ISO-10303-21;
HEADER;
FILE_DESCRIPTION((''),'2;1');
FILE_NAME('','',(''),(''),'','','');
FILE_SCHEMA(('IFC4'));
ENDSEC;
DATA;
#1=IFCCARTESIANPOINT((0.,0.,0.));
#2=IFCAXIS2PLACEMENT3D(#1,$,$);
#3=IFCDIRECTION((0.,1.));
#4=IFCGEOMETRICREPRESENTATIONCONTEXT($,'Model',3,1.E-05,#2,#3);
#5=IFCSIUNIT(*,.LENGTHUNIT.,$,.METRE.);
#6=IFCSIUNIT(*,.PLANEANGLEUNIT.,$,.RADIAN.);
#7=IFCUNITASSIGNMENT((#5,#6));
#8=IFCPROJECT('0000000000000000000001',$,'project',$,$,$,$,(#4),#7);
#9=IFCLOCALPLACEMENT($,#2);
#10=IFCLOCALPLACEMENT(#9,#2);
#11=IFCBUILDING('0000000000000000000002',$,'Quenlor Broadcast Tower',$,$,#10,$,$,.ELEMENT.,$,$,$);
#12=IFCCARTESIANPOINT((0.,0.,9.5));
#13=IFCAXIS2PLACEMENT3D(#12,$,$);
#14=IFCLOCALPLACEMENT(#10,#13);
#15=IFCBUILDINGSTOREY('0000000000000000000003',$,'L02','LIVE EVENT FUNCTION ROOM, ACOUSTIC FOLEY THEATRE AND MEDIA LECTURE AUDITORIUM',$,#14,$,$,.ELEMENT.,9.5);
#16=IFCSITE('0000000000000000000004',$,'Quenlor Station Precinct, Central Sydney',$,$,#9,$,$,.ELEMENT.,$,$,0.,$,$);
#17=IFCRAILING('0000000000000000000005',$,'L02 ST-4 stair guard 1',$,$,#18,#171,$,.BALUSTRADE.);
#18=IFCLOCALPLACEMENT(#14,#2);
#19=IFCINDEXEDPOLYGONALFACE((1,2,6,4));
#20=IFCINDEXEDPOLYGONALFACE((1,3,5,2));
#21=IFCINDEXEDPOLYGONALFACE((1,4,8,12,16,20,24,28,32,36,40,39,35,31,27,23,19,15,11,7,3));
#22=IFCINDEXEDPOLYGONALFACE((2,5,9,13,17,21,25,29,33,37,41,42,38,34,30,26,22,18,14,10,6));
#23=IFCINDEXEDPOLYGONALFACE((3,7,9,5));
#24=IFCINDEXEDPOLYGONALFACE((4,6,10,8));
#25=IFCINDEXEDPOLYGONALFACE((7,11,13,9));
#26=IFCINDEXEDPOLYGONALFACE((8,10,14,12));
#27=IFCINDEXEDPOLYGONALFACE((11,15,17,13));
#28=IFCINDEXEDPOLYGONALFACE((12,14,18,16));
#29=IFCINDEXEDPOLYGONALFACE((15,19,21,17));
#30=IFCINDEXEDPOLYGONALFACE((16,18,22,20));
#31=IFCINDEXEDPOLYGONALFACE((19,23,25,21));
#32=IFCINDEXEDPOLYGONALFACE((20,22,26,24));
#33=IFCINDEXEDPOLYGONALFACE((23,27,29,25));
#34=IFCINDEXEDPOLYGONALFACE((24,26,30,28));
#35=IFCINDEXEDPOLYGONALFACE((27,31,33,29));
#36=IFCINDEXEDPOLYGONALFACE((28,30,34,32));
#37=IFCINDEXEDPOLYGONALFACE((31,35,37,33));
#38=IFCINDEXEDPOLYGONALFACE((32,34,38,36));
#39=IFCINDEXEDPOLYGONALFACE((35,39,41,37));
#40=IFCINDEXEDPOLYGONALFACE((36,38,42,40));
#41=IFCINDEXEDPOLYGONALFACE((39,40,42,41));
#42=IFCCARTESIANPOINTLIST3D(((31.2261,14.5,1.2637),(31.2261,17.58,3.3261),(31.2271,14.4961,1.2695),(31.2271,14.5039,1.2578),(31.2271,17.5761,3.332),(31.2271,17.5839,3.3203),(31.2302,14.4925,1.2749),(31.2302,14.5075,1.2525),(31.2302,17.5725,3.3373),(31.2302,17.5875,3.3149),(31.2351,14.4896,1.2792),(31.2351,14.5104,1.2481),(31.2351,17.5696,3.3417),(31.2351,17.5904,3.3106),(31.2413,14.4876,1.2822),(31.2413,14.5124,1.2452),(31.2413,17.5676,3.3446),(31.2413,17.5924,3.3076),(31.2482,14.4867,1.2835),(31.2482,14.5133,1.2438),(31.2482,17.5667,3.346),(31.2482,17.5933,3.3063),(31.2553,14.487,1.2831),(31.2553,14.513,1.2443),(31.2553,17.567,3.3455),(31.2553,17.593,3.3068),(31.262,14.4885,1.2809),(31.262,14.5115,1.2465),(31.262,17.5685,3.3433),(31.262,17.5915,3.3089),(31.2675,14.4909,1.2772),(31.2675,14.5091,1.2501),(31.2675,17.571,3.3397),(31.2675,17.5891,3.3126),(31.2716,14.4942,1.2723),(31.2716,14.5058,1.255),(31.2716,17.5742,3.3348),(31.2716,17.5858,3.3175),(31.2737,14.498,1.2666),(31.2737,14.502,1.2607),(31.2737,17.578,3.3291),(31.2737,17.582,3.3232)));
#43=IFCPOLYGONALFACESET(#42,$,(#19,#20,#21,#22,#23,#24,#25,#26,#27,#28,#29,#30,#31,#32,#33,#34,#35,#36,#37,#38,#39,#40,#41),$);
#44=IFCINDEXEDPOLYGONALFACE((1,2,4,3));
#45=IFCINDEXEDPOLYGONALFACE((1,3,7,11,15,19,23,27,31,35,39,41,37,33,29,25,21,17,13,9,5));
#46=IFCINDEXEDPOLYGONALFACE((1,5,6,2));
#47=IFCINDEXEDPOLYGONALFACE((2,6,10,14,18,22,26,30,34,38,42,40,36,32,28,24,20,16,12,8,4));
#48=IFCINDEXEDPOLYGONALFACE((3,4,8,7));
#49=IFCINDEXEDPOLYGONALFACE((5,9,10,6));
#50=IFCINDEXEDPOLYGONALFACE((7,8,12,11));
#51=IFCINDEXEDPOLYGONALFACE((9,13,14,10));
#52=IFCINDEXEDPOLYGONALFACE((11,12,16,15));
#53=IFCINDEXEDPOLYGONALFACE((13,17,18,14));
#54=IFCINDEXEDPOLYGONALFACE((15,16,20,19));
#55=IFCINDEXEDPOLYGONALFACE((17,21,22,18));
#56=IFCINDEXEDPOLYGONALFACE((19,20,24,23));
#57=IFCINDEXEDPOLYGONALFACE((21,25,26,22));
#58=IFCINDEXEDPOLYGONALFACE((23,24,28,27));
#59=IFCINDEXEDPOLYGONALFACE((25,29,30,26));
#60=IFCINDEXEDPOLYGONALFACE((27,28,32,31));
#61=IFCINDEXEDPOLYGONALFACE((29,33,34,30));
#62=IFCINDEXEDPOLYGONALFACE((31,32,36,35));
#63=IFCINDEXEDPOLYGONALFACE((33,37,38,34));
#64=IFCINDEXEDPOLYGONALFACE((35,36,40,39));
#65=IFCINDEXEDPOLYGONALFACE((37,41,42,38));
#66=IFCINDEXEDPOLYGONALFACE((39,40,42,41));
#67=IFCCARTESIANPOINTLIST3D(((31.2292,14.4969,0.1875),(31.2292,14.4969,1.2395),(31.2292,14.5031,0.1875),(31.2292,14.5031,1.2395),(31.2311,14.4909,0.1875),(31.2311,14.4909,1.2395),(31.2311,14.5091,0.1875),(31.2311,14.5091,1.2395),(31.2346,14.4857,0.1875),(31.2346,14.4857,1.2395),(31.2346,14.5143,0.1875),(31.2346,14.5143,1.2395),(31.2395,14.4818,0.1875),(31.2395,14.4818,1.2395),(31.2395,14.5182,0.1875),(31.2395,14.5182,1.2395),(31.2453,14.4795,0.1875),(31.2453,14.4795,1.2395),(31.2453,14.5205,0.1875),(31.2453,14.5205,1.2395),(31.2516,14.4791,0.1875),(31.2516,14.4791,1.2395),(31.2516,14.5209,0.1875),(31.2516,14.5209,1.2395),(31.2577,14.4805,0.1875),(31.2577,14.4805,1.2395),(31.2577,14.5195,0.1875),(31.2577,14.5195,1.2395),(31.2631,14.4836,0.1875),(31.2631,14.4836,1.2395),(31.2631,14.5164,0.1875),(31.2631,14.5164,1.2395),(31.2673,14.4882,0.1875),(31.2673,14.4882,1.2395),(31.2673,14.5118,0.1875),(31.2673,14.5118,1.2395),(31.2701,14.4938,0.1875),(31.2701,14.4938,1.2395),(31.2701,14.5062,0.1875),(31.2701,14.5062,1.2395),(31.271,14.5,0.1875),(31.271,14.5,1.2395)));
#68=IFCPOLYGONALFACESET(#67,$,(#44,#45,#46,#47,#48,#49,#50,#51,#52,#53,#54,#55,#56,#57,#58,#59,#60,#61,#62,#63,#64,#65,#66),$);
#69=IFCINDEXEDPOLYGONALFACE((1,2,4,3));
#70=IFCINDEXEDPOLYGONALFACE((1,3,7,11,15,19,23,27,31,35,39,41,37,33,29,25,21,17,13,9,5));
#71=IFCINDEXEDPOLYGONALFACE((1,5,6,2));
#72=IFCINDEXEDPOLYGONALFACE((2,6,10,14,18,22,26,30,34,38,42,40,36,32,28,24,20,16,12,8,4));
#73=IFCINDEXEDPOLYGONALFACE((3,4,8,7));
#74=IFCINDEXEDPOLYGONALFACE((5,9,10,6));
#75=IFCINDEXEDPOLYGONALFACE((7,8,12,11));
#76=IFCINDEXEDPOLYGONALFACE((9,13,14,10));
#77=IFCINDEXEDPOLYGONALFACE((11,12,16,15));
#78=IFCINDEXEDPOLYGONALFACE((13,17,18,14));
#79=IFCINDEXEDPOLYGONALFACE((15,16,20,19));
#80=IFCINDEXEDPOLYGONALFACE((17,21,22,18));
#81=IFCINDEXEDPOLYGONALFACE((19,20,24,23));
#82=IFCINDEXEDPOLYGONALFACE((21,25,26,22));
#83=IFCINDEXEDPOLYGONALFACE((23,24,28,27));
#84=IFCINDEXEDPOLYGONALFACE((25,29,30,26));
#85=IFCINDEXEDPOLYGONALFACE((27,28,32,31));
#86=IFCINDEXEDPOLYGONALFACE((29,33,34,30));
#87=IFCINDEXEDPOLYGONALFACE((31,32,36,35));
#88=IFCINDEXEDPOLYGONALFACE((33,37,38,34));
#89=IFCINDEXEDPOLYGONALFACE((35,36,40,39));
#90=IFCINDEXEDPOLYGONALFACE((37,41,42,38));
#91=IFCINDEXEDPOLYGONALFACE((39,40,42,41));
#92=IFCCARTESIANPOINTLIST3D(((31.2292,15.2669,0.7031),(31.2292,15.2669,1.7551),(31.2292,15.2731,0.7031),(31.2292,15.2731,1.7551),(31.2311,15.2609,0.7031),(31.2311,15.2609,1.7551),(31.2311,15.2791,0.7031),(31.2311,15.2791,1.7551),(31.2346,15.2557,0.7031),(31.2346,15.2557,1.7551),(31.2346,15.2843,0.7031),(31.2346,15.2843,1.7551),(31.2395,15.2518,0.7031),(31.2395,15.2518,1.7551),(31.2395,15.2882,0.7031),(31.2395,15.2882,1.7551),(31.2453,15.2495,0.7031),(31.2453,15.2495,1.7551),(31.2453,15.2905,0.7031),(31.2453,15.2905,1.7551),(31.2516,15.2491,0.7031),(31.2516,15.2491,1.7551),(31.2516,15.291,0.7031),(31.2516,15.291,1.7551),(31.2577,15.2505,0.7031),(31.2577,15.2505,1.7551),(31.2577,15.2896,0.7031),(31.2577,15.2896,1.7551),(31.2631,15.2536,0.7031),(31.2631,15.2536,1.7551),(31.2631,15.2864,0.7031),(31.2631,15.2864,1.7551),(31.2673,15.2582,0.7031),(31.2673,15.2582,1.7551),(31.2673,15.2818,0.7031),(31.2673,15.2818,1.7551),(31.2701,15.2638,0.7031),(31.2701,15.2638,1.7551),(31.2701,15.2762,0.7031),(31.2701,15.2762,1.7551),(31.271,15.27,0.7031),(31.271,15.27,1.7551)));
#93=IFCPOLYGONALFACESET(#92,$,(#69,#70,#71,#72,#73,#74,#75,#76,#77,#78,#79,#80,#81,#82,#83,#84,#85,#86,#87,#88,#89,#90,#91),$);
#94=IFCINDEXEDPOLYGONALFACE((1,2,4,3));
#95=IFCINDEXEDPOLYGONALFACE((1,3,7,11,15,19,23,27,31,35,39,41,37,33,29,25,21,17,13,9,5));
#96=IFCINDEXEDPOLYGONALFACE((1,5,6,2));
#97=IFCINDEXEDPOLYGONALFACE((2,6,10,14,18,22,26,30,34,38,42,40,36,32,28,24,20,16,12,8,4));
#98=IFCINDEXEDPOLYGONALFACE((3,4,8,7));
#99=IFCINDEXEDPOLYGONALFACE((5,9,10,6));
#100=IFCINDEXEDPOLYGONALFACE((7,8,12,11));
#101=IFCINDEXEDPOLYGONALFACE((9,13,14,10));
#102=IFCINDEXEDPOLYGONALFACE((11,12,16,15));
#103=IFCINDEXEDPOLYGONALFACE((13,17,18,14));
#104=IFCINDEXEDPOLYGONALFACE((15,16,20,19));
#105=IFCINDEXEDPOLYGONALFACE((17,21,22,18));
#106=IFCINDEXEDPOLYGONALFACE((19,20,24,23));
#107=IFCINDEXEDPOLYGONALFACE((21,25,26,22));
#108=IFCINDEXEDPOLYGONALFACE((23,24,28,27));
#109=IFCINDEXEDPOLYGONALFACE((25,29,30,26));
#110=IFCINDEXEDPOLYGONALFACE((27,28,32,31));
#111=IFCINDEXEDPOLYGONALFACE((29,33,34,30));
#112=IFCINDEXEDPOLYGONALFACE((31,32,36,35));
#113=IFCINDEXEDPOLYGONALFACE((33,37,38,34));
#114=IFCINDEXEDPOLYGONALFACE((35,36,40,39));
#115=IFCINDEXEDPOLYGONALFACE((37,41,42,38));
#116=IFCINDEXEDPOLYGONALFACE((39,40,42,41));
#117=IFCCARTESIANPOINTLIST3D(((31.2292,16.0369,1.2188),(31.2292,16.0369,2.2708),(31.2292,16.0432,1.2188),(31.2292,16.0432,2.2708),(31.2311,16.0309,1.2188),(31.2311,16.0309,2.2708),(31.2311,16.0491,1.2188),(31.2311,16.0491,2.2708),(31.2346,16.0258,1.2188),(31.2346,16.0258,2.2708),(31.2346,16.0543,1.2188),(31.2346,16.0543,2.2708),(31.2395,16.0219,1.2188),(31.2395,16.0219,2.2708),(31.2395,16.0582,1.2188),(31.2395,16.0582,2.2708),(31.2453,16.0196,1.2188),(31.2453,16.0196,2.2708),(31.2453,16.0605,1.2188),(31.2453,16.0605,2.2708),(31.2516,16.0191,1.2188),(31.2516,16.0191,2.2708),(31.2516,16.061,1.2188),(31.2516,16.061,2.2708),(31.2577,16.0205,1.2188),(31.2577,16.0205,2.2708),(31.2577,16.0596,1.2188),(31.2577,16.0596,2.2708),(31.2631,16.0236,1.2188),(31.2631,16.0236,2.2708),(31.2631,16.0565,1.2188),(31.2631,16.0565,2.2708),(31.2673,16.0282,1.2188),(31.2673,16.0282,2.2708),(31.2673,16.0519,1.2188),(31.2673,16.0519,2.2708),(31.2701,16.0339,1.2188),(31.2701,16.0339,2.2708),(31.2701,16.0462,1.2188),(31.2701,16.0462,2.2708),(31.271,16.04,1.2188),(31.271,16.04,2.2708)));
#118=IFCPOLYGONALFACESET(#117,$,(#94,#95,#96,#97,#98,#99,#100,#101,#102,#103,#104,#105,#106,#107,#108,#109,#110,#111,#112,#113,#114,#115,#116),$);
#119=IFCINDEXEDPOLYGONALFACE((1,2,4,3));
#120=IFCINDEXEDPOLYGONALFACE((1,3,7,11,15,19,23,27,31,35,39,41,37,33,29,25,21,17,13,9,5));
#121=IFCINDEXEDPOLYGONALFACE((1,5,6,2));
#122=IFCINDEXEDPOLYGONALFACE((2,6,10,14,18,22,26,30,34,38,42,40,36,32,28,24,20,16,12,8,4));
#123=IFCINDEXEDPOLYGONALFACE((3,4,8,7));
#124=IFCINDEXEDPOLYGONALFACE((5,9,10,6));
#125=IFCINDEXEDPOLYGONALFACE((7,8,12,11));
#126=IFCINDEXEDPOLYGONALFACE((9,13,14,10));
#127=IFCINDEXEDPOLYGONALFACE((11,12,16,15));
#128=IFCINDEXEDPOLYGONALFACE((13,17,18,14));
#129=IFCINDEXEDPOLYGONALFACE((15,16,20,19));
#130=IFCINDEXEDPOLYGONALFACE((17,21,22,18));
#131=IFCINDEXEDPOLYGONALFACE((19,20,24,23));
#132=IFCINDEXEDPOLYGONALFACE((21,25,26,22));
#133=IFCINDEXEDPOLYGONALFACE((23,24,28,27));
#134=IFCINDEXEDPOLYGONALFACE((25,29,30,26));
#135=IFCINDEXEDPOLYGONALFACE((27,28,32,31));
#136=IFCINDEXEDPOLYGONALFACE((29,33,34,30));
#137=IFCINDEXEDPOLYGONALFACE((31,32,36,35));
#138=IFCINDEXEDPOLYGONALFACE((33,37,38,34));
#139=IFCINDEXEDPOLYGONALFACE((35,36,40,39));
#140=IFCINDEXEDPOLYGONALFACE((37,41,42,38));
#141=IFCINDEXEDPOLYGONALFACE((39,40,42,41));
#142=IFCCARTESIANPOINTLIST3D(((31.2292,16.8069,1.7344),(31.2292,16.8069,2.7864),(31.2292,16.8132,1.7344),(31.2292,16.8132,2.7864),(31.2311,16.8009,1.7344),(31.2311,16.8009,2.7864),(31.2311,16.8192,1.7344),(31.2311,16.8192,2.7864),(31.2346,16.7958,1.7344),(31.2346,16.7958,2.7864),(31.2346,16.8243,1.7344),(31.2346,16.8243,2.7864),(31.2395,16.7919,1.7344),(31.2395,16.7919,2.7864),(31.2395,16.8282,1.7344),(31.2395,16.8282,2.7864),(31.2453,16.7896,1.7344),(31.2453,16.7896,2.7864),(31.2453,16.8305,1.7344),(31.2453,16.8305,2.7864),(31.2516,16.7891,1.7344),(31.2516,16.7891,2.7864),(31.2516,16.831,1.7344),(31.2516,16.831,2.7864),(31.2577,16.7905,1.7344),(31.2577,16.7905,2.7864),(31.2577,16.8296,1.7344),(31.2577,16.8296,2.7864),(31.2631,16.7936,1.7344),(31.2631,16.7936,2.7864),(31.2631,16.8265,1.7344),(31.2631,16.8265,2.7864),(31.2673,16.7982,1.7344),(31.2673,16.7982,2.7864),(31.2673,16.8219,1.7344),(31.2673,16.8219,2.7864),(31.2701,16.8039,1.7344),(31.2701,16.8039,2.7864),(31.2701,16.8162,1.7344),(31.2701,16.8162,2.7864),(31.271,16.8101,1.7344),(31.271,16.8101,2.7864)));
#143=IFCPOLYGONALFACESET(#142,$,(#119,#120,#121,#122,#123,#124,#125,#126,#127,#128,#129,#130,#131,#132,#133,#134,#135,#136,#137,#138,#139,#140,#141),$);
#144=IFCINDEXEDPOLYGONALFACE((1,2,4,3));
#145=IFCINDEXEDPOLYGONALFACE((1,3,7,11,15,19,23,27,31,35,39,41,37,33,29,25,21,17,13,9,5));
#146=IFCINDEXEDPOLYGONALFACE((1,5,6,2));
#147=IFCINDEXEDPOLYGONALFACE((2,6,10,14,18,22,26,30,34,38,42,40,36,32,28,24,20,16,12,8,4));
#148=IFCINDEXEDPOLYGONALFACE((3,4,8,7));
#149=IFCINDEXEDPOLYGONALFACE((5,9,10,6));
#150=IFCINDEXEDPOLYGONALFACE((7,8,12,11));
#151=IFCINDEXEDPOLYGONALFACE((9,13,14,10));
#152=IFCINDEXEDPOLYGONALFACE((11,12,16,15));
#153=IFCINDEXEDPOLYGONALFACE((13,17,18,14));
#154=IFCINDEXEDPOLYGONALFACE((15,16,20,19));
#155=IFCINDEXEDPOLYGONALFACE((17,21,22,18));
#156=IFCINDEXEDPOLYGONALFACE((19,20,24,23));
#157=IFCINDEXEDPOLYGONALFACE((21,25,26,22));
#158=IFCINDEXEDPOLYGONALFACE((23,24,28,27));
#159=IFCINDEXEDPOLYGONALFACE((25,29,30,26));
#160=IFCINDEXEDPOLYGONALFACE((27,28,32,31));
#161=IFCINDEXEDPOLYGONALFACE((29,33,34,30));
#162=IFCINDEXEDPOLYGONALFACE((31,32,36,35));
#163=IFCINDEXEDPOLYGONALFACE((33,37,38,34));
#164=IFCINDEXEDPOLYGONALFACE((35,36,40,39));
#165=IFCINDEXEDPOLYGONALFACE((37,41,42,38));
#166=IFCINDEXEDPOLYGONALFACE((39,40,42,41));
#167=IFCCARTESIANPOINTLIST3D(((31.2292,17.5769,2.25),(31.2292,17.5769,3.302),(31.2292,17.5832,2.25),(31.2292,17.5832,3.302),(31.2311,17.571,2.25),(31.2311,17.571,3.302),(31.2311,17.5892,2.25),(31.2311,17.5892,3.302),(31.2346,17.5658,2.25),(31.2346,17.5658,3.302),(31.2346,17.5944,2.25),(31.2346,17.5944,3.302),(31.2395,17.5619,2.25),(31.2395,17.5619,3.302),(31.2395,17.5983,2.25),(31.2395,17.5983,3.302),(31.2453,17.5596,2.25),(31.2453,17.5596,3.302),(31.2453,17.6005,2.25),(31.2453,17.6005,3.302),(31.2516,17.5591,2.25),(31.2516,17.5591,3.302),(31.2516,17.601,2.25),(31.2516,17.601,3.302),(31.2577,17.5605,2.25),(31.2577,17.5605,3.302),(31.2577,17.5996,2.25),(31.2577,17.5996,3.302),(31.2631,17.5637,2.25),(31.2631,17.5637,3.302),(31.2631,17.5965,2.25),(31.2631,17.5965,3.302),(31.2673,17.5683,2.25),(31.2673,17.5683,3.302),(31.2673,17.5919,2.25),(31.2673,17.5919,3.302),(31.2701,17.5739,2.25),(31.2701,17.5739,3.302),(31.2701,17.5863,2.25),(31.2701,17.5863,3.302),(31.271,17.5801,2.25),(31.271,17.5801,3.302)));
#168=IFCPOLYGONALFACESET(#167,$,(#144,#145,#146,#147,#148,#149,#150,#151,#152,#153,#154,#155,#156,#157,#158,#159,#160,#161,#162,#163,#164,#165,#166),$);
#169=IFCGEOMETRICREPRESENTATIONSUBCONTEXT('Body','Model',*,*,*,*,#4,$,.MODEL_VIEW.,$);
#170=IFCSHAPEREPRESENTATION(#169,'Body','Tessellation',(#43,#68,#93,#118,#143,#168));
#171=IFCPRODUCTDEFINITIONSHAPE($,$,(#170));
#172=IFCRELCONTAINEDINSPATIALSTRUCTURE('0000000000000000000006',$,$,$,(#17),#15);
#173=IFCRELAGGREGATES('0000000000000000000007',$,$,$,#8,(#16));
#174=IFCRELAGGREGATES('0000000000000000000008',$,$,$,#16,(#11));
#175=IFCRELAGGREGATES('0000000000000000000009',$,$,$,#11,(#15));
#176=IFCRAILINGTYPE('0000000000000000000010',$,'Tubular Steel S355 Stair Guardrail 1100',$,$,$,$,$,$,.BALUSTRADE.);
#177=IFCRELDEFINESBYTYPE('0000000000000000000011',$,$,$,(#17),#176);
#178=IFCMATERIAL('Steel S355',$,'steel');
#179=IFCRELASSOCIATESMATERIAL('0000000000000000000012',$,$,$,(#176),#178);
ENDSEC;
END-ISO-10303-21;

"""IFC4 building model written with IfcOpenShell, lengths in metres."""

from ifc_helpers import new_model, si_unit, direction, frame, origin, origin_2d, place, context, subcontext, project, spatial, circle, extrude, material, type_object, element, save


model = new_model("IFC4")

# Units and contexts
model_context = context("Model", 3, precision=1e-05, world=origin(), true_north=direction((0.0, 1.0)))
body_context = subcontext(model_context, "Body", "Model", "MODEL_VIEW")
ifc_project = project(units=[si_unit("LENGTHUNIT", "METRE"), si_unit("PLANEANGLEUNIT", "RADIAN")], contexts=[model_context])

# Site, building, storey
site_placement = place(None, origin())
site = spatial("IfcSite", under=ifc_project, at=site_placement, Name="Quenlor Station Precinct, Central Sydney", CompositionType="ELEMENT", RefElevation=0.0)
building_placement = place(site_placement, origin())
building = spatial("IfcBuilding", under=site, at=building_placement, Name="Quenlor Broadcast Tower", CompositionType="ELEMENT")
storey_placement = place(building_placement, frame((0.0, 0.0, 9.5)))
storey = spatial("IfcBuildingStorey", under=building, at=storey_placement, Name="L02", Description="LIVE EVENT FUNCTION ROOM, ACOUSTIC FOLEY THEATRE AND MEDIA LECTURE AUDITORIUM", CompositionType="ELEMENT", Elevation=9.5)

# Railing
ifc_material_1 = material(Name="Steel S355", Category="steel")
railing_type_1 = type_object("IfcRailingType", Name="Tubular Steel S355 Stair Guardrail 1100", PredefinedType="BALUSTRADE", material=ifc_material_1)
railing_1_placement = place(storey_placement, frame((31.25, 14.5, 0.1875)))
element("IfcRailing", 1, at=railing_1_placement, inside=storey, type_object=railing_type_1, Name="L02 ST-4 stair guard 1", PredefinedType="BALUSTRADE", context=body_context, shape_type="SweptSolid", body=[
    extrude(circle(Radius=0.0239, at=origin_2d()), frame((0.0, 0.0, 1.0762), z_axis=(0.0, 0.830914, 0.556401), x_axis=(-1.0, 0.0, 0.0)), (0.0, 0.0, 1.0), 3.7068),
    extrude(circle(Radius=0.021, at=origin_2d()), origin(), (0.0, 0.0, 1.0), 1.052),
    extrude(circle(Radius=0.021, at=origin_2d()), frame((0.0, 0.77, 0.5156)), (0.0, 0.0, 1.0), 1.052),
    extrude(circle(Radius=0.021, at=origin_2d()), frame((0.0, 1.54, 1.0312)), (0.0, 0.0, 1.0), 1.052),
    extrude(circle(Radius=0.021, at=origin_2d()), frame((0.0, 2.3101, 1.5469)), (0.0, 0.0, 1.0), 1.052),
    extrude(circle(Radius=0.021, at=origin_2d()), frame((0.0, 3.0801, 2.0625)), (0.0, 0.0, 1.0), 1.052),
])

save(model, "model.ifc")
